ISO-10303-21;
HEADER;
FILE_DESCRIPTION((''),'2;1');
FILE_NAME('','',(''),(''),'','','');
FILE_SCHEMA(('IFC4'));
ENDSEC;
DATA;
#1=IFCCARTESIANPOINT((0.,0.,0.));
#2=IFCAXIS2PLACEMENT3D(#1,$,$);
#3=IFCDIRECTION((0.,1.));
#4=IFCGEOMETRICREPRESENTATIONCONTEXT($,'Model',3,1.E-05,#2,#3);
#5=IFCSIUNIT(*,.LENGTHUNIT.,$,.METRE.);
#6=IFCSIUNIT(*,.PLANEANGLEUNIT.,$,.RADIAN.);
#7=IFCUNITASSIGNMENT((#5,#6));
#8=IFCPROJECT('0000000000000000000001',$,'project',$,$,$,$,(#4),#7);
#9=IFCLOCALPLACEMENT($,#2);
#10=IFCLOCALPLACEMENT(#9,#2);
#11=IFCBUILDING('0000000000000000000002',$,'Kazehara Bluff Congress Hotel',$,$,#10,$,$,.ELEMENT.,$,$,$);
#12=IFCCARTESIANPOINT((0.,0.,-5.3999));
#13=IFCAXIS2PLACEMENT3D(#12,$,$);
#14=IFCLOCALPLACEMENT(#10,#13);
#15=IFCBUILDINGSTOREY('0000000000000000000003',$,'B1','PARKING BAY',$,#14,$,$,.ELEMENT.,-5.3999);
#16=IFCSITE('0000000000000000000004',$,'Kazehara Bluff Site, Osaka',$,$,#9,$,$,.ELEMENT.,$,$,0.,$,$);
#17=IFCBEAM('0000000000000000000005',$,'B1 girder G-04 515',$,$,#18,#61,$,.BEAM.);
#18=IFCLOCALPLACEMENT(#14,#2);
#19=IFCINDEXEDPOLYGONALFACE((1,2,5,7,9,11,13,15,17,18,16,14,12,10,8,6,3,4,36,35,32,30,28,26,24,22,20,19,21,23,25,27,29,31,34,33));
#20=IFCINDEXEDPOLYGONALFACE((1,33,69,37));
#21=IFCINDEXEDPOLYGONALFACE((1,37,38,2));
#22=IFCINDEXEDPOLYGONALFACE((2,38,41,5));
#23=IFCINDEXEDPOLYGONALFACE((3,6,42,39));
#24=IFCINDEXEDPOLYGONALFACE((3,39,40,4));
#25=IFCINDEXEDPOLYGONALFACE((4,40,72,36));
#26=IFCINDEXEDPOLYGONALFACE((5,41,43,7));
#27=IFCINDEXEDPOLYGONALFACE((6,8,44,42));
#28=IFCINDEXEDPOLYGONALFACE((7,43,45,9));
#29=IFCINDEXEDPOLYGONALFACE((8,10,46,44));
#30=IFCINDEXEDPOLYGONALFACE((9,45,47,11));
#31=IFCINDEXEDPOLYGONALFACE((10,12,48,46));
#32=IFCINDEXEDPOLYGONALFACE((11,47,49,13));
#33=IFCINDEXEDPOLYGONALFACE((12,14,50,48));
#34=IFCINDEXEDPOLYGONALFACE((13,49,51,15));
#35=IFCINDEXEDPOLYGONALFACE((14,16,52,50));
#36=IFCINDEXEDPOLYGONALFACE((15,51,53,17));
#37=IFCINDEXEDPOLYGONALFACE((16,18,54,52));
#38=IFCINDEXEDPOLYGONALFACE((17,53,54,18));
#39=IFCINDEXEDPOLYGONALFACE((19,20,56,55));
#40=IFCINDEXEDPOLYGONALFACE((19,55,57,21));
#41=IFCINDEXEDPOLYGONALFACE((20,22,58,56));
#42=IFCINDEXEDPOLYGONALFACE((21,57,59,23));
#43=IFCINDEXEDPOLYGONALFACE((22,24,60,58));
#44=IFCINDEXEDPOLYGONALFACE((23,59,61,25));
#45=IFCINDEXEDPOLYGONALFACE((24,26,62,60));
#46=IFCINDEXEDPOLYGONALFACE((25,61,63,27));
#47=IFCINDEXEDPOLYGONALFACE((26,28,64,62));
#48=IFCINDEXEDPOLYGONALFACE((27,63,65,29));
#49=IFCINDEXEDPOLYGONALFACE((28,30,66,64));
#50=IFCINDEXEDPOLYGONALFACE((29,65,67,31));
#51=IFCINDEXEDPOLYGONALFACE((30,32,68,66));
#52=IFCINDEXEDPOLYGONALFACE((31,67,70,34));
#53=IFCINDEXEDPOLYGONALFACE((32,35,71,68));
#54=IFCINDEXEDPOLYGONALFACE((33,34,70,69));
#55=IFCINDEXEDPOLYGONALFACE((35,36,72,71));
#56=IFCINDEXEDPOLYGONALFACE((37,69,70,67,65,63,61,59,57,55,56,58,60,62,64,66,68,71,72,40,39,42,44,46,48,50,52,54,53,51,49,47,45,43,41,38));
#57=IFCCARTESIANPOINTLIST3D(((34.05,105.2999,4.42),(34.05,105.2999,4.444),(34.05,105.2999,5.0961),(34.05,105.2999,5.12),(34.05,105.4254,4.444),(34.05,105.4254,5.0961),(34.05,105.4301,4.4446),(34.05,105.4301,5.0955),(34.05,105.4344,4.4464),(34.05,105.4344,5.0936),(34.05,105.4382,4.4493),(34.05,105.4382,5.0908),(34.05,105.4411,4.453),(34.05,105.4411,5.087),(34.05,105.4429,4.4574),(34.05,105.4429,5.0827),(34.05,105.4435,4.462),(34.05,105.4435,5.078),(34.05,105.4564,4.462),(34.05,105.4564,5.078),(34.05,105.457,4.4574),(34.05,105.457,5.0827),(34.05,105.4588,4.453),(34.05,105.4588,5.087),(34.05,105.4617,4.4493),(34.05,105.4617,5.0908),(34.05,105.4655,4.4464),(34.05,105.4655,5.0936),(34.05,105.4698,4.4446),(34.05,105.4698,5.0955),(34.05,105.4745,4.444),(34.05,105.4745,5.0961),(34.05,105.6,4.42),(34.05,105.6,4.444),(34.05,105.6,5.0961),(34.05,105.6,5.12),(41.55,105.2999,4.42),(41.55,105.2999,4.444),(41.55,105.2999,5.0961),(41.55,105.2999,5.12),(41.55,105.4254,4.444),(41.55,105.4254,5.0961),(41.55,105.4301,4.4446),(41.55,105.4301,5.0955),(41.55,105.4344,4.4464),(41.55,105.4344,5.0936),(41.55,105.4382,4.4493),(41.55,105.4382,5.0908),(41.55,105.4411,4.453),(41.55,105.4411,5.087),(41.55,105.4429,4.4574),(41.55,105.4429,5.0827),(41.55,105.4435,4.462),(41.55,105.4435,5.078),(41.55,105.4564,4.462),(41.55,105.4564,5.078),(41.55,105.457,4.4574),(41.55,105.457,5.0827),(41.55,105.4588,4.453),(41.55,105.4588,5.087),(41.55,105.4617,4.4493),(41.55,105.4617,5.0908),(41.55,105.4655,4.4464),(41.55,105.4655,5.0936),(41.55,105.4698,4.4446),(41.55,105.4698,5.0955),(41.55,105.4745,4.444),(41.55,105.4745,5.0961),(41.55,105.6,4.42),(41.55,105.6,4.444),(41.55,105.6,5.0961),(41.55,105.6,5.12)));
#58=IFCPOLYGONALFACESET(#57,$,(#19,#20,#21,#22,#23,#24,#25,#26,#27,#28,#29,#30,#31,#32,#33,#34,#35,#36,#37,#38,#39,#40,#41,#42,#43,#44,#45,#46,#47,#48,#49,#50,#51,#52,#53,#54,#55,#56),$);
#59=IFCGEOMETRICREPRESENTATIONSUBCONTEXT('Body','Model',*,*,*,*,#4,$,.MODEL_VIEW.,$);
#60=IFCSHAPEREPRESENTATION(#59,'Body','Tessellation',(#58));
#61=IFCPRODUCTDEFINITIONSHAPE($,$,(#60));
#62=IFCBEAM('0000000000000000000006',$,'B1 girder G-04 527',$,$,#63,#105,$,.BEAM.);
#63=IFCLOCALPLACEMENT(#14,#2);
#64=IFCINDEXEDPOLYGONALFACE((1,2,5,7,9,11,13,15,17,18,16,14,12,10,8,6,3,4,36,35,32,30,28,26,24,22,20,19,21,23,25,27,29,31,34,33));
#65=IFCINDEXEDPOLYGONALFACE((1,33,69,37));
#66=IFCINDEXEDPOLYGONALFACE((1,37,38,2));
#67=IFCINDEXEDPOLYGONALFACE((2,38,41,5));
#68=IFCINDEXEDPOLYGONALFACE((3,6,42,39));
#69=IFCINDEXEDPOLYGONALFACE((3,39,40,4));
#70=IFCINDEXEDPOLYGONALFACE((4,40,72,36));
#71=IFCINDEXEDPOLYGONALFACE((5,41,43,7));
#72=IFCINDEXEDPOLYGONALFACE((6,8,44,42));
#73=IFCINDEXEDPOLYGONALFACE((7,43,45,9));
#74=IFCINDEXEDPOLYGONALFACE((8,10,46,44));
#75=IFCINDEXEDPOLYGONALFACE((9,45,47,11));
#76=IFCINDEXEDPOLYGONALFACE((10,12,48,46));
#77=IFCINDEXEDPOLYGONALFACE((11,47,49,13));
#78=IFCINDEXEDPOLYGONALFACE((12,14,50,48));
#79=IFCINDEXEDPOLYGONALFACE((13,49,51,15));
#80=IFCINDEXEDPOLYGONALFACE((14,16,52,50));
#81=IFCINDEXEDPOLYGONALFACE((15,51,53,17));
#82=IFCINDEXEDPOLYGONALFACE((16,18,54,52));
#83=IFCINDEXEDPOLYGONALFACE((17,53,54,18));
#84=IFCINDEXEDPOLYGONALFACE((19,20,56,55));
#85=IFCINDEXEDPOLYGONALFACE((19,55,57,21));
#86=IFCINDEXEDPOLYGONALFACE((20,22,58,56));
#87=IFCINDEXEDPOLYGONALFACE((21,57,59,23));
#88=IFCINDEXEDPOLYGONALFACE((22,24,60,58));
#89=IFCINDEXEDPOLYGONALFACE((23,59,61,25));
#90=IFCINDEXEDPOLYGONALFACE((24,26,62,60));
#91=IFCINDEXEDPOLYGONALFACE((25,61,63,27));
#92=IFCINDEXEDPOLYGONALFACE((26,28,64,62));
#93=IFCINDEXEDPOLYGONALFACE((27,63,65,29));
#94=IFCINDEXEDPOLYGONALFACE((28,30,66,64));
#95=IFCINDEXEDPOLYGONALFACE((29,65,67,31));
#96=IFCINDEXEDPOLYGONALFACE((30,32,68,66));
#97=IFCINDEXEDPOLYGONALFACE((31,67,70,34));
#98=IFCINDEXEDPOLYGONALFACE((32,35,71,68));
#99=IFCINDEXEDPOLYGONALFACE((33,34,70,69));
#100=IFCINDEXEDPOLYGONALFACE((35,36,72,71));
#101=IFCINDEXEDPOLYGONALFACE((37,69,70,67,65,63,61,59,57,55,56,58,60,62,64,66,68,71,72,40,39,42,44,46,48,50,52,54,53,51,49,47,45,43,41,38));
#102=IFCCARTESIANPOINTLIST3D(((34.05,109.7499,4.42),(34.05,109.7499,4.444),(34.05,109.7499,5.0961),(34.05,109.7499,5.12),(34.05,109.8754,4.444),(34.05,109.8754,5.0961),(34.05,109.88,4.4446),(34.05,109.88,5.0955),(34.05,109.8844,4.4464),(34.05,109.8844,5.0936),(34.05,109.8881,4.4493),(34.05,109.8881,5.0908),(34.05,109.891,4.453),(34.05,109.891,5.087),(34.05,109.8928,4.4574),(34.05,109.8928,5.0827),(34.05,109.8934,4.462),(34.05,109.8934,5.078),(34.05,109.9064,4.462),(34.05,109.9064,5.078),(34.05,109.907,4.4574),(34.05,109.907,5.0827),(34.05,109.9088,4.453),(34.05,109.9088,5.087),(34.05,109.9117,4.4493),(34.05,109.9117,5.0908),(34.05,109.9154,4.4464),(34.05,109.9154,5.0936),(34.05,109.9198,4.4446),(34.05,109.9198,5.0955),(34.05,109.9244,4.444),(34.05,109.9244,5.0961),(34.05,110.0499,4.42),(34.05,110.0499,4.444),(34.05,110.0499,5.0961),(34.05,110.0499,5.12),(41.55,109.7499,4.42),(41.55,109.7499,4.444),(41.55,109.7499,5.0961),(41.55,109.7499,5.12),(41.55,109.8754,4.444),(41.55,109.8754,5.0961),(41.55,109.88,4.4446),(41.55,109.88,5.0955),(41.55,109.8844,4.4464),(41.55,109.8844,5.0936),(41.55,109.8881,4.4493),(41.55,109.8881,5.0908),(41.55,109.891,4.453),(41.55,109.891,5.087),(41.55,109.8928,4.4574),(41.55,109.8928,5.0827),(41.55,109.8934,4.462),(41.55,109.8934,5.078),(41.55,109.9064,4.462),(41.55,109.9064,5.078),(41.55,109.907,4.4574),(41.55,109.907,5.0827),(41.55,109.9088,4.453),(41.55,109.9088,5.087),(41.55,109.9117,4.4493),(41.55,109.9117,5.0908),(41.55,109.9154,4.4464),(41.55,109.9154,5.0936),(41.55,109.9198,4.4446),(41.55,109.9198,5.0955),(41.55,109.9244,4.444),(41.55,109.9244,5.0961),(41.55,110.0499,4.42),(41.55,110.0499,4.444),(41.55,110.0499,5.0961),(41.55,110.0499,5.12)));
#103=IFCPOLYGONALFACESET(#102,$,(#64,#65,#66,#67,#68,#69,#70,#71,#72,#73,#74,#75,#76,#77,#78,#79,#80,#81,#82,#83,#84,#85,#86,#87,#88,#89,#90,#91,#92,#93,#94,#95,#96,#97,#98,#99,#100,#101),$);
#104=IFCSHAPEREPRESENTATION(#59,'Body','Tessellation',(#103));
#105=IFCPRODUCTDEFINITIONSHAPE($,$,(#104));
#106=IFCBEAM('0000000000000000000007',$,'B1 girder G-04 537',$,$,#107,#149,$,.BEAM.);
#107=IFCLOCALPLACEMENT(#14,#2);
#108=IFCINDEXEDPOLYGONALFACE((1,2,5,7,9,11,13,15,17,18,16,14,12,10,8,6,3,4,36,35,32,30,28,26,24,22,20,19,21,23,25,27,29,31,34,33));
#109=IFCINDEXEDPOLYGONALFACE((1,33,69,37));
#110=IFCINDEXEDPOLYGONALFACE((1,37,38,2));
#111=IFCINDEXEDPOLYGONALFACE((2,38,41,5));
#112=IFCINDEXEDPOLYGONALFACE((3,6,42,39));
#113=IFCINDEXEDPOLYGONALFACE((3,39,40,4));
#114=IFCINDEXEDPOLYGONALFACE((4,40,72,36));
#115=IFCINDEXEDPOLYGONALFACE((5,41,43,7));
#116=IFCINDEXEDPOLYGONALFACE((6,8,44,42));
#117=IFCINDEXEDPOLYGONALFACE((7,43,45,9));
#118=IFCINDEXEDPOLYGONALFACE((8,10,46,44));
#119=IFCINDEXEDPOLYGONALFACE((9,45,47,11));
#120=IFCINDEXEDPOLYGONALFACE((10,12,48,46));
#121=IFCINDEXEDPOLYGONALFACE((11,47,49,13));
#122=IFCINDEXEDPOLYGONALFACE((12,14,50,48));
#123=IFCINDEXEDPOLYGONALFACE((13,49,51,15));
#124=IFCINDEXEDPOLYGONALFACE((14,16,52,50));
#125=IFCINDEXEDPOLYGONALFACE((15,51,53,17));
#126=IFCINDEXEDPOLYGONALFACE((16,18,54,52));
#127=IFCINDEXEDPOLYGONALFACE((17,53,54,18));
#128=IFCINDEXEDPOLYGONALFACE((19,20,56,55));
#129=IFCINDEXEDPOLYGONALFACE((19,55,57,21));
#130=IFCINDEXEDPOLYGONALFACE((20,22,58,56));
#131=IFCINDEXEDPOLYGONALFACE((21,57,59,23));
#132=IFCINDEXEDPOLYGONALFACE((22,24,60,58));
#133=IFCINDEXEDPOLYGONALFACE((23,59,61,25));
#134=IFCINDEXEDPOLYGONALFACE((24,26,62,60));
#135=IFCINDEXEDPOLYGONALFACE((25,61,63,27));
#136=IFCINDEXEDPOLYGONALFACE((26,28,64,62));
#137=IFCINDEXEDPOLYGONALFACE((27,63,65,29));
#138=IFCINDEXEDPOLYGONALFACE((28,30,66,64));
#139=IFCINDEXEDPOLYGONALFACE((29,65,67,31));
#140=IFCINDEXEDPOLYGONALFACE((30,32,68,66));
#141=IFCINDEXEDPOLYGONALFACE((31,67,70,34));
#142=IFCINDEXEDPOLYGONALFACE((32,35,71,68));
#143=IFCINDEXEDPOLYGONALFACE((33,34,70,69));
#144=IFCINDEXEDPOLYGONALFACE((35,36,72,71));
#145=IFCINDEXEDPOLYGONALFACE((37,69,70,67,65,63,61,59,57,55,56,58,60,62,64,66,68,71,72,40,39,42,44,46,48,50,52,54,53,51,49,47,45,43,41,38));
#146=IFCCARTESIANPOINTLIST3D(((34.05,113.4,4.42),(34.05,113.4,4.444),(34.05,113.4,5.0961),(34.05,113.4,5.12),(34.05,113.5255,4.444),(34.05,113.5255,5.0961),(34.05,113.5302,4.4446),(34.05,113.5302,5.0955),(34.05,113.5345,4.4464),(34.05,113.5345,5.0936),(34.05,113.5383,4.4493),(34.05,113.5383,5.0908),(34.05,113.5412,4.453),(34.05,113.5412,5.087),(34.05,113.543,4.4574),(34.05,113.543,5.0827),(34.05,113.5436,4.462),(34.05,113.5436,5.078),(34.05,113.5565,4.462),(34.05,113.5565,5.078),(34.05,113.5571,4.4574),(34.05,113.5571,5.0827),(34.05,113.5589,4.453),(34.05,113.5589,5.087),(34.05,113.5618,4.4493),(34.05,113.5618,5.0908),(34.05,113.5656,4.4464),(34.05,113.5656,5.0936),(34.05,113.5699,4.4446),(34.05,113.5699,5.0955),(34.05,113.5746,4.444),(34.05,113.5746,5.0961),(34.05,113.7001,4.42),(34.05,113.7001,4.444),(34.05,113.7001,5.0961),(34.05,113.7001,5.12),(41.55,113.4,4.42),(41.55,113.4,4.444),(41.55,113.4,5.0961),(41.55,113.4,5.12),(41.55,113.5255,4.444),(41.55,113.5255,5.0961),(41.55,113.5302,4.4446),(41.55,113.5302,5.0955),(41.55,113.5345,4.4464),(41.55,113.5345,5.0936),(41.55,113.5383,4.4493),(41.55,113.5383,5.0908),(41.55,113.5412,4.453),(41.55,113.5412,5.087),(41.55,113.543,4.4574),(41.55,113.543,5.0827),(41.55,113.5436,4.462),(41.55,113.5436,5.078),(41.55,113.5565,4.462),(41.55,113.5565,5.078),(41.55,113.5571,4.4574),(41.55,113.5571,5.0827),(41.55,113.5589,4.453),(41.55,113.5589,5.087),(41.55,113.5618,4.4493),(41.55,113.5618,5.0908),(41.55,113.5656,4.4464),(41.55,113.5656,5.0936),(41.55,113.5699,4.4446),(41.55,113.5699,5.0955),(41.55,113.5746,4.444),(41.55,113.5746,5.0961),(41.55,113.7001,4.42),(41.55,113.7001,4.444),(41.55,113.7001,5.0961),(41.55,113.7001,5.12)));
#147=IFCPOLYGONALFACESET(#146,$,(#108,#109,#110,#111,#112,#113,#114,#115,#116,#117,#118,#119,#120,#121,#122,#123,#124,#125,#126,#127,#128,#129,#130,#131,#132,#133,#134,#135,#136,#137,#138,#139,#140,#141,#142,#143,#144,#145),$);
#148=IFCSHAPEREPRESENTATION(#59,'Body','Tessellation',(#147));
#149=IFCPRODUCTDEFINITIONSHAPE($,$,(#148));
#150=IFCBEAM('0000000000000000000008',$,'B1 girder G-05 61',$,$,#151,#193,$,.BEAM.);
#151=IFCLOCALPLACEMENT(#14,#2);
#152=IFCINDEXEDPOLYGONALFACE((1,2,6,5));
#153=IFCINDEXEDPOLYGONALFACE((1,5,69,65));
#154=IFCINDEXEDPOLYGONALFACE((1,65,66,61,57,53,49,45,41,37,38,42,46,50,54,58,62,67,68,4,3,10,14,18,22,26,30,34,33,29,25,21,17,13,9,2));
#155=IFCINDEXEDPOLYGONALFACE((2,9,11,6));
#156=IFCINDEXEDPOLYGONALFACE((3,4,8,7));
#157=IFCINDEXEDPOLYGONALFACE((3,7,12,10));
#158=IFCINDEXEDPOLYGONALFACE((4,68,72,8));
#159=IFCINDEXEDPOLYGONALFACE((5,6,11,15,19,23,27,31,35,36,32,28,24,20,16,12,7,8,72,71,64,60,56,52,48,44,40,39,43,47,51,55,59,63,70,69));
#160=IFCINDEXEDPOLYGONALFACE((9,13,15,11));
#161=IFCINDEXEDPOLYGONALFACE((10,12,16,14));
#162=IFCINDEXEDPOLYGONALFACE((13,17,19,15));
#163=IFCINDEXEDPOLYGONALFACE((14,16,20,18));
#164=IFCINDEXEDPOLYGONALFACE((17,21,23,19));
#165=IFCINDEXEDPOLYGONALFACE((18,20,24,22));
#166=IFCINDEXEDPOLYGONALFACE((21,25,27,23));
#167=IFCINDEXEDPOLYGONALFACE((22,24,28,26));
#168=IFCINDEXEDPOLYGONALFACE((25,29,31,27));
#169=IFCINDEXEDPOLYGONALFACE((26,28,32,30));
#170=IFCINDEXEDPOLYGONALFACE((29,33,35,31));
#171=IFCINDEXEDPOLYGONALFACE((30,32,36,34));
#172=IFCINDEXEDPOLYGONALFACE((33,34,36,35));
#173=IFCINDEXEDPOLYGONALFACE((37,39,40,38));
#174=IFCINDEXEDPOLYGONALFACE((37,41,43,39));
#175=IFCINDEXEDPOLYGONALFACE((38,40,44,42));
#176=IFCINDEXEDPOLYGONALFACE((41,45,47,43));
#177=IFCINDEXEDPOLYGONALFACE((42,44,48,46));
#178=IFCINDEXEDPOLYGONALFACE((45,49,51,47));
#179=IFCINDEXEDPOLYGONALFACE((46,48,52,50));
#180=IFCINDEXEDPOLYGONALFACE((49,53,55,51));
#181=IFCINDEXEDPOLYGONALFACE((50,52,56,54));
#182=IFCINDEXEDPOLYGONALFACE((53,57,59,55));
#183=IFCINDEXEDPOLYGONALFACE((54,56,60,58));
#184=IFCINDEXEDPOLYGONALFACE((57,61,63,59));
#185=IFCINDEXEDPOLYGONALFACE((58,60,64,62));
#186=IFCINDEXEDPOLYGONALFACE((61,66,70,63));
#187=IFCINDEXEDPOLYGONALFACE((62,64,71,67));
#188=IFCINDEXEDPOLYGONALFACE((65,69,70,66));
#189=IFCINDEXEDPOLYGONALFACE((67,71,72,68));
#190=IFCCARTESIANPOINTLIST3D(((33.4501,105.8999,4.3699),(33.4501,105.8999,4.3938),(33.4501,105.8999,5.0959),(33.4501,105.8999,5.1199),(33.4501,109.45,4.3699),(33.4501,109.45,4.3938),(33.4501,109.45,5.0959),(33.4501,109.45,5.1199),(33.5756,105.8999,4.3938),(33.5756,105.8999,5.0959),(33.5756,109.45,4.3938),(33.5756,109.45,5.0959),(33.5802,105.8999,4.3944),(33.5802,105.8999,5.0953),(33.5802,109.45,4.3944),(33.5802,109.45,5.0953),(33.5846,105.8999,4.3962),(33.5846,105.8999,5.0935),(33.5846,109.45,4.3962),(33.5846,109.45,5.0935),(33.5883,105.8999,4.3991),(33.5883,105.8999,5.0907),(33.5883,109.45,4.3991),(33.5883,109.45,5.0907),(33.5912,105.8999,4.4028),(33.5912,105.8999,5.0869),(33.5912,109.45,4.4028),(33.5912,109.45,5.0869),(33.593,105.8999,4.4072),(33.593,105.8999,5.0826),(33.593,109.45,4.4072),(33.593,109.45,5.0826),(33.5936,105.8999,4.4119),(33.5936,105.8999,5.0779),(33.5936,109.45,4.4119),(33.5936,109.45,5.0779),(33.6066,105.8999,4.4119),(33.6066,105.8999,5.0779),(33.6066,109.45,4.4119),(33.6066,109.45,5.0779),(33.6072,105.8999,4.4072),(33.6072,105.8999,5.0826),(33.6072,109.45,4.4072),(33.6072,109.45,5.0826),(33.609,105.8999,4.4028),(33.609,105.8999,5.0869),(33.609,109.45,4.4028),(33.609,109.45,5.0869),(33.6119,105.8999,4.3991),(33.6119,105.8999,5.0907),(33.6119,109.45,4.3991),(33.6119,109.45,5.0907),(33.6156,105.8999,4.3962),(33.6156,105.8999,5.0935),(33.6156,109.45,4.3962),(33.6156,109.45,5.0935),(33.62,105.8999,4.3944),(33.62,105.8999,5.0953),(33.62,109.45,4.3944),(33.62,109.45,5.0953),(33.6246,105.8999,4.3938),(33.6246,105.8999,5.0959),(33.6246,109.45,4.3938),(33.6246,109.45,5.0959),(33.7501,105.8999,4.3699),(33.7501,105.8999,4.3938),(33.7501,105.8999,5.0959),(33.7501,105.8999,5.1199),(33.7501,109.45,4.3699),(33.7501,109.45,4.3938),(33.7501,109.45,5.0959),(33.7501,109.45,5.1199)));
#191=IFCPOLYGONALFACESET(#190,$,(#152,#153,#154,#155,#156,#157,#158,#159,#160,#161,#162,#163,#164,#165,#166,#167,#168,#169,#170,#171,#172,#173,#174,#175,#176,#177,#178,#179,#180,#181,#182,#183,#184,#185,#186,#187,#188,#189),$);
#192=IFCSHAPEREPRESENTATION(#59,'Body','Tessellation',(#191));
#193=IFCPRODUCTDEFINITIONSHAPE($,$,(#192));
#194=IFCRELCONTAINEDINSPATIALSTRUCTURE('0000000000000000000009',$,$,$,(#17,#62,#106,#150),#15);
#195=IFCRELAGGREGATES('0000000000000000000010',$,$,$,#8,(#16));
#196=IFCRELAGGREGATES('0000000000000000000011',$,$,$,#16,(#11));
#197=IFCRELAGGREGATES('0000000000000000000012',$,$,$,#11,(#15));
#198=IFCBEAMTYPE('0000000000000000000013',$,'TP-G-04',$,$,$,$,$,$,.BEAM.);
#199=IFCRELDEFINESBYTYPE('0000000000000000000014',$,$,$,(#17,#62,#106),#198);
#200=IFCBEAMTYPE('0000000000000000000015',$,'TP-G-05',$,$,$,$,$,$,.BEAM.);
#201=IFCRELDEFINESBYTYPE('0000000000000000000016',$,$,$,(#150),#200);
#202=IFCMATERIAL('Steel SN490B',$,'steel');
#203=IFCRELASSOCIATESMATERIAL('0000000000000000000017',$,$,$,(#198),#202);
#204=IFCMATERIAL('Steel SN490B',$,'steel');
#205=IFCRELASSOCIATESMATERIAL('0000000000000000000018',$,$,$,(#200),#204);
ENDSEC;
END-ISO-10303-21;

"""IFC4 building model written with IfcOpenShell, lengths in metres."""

from ifc_helpers import new_model, si_unit, direction, frame, origin, origin_2d, place, context, subcontext, project, spatial, i_section, extrude, material, material_profile, profile_set, type_object, element, save


model = new_model("IFC4")

# Units and contexts
model_context = context("Model", 3, precision=1e-05, world=origin(), true_north=direction((0.0, 1.0)))
body_context = subcontext(model_context, "Body", "Model", "MODEL_VIEW")
ifc_project = project(units=[si_unit("LENGTHUNIT", "METRE"), si_unit("PLANEANGLEUNIT", "RADIAN")], contexts=[model_context])

# Site, building, storey
site_placement = place(None, origin())
site = spatial("IfcSite", under=ifc_project, at=site_placement, Name="Kazehara Bluff Site, Osaka", CompositionType="ELEMENT", RefElevation=0.0)
building_placement = place(site_placement, origin())
building = spatial("IfcBuilding", under=site, at=building_placement, Name="Kazehara Bluff Congress Hotel", CompositionType="ELEMENT")
storey_placement = place(building_placement, frame((0.0, 0.0, -5.3999)))
storey = spatial("IfcBuildingStorey", under=building, at=storey_placement, Name="B1", Description="PARKING BAY", CompositionType="ELEMENT", Elevation=-5.3999)

# Beams
ifc_material_1 = material(Name="Steel SN490B", Category="steel")
ifc_material_profile_1 = material_profile(ifc_material_1, i_section(OverallWidth=0.3, OverallDepth=0.7, WebThickness=0.0129, FlangeThickness=0.0239, FilletRadius=0.0181, at=origin_2d()))
ifc_profile_set_1 = profile_set([ifc_material_profile_1], Name="Steel SN490B")
beam_type_1 = type_object("IfcBeamType", Name="TP-G-04", PredefinedType="BEAM", material=ifc_profile_set_1)
for number, where, z_axis, x_axis, name in (
    (1, (34.05, 105.45, 4.77), (1.0, 0.0, 0.0), (0.0, 1.0, 0.0), "B1 girder G-04 515"),
    (2, (34.05, 109.8999, 4.77), (1.0, 0.0, 0.0), (0.0, 1.0, 0.0), "B1 girder G-04 527"),
    (3, (34.05, 113.55, 4.77), (1.0, 0.0, 0.0), (0.0, 1.0, 0.0), "B1 girder G-04 537"),
):
    element("IfcBeam", number, at=place(storey_placement, frame(where, z_axis=z_axis, x_axis=x_axis)), inside=storey, type_object=beam_type_1, Name=name, PredefinedType="BEAM", context=body_context, shape_type="SweptSolid", body=[
        extrude(i_section(OverallWidth=0.3, OverallDepth=0.7, WebThickness=0.0129, FlangeThickness=0.0239, FilletRadius=0.0181, at=origin_2d()), origin(), (0.0, 0.0, 1.0), 7.5),
    ])
ifc_material_2 = material(Name="Steel SN490B", Category="steel")
ifc_material_profile_2 = material_profile(ifc_material_2, i_section(OverallWidth=0.3, OverallDepth=0.75, WebThickness=0.0129, FlangeThickness=0.0239, FilletRadius=0.0181, at=origin_2d()))
ifc_profile_set_2 = profile_set([ifc_material_profile_2], Name="Steel SN490B")
beam_type_2 = type_object("IfcBeamType", Name="TP-G-05", PredefinedType="BEAM", material=ifc_profile_set_2)
beam_1_placement = place(storey_placement, frame((33.6001, 105.8999, 4.7449), z_axis=(0.0, 1.0, 0.0), x_axis=(-1.0, 0.0, 0.0)))
element("IfcBeam", 4, at=beam_1_placement, inside=storey, type_object=beam_type_2, Name="B1 girder G-05 61", PredefinedType="BEAM", context=body_context, shape_type="SweptSolid", body=[
    extrude(i_section(OverallWidth=0.3, OverallDepth=0.75, WebThickness=0.0129, FlangeThickness=0.0239, FilletRadius=0.0181, at=origin_2d()), origin(), (0.0, 0.0, 1.0), 3.55),
])

save(model, "model.ifc")
